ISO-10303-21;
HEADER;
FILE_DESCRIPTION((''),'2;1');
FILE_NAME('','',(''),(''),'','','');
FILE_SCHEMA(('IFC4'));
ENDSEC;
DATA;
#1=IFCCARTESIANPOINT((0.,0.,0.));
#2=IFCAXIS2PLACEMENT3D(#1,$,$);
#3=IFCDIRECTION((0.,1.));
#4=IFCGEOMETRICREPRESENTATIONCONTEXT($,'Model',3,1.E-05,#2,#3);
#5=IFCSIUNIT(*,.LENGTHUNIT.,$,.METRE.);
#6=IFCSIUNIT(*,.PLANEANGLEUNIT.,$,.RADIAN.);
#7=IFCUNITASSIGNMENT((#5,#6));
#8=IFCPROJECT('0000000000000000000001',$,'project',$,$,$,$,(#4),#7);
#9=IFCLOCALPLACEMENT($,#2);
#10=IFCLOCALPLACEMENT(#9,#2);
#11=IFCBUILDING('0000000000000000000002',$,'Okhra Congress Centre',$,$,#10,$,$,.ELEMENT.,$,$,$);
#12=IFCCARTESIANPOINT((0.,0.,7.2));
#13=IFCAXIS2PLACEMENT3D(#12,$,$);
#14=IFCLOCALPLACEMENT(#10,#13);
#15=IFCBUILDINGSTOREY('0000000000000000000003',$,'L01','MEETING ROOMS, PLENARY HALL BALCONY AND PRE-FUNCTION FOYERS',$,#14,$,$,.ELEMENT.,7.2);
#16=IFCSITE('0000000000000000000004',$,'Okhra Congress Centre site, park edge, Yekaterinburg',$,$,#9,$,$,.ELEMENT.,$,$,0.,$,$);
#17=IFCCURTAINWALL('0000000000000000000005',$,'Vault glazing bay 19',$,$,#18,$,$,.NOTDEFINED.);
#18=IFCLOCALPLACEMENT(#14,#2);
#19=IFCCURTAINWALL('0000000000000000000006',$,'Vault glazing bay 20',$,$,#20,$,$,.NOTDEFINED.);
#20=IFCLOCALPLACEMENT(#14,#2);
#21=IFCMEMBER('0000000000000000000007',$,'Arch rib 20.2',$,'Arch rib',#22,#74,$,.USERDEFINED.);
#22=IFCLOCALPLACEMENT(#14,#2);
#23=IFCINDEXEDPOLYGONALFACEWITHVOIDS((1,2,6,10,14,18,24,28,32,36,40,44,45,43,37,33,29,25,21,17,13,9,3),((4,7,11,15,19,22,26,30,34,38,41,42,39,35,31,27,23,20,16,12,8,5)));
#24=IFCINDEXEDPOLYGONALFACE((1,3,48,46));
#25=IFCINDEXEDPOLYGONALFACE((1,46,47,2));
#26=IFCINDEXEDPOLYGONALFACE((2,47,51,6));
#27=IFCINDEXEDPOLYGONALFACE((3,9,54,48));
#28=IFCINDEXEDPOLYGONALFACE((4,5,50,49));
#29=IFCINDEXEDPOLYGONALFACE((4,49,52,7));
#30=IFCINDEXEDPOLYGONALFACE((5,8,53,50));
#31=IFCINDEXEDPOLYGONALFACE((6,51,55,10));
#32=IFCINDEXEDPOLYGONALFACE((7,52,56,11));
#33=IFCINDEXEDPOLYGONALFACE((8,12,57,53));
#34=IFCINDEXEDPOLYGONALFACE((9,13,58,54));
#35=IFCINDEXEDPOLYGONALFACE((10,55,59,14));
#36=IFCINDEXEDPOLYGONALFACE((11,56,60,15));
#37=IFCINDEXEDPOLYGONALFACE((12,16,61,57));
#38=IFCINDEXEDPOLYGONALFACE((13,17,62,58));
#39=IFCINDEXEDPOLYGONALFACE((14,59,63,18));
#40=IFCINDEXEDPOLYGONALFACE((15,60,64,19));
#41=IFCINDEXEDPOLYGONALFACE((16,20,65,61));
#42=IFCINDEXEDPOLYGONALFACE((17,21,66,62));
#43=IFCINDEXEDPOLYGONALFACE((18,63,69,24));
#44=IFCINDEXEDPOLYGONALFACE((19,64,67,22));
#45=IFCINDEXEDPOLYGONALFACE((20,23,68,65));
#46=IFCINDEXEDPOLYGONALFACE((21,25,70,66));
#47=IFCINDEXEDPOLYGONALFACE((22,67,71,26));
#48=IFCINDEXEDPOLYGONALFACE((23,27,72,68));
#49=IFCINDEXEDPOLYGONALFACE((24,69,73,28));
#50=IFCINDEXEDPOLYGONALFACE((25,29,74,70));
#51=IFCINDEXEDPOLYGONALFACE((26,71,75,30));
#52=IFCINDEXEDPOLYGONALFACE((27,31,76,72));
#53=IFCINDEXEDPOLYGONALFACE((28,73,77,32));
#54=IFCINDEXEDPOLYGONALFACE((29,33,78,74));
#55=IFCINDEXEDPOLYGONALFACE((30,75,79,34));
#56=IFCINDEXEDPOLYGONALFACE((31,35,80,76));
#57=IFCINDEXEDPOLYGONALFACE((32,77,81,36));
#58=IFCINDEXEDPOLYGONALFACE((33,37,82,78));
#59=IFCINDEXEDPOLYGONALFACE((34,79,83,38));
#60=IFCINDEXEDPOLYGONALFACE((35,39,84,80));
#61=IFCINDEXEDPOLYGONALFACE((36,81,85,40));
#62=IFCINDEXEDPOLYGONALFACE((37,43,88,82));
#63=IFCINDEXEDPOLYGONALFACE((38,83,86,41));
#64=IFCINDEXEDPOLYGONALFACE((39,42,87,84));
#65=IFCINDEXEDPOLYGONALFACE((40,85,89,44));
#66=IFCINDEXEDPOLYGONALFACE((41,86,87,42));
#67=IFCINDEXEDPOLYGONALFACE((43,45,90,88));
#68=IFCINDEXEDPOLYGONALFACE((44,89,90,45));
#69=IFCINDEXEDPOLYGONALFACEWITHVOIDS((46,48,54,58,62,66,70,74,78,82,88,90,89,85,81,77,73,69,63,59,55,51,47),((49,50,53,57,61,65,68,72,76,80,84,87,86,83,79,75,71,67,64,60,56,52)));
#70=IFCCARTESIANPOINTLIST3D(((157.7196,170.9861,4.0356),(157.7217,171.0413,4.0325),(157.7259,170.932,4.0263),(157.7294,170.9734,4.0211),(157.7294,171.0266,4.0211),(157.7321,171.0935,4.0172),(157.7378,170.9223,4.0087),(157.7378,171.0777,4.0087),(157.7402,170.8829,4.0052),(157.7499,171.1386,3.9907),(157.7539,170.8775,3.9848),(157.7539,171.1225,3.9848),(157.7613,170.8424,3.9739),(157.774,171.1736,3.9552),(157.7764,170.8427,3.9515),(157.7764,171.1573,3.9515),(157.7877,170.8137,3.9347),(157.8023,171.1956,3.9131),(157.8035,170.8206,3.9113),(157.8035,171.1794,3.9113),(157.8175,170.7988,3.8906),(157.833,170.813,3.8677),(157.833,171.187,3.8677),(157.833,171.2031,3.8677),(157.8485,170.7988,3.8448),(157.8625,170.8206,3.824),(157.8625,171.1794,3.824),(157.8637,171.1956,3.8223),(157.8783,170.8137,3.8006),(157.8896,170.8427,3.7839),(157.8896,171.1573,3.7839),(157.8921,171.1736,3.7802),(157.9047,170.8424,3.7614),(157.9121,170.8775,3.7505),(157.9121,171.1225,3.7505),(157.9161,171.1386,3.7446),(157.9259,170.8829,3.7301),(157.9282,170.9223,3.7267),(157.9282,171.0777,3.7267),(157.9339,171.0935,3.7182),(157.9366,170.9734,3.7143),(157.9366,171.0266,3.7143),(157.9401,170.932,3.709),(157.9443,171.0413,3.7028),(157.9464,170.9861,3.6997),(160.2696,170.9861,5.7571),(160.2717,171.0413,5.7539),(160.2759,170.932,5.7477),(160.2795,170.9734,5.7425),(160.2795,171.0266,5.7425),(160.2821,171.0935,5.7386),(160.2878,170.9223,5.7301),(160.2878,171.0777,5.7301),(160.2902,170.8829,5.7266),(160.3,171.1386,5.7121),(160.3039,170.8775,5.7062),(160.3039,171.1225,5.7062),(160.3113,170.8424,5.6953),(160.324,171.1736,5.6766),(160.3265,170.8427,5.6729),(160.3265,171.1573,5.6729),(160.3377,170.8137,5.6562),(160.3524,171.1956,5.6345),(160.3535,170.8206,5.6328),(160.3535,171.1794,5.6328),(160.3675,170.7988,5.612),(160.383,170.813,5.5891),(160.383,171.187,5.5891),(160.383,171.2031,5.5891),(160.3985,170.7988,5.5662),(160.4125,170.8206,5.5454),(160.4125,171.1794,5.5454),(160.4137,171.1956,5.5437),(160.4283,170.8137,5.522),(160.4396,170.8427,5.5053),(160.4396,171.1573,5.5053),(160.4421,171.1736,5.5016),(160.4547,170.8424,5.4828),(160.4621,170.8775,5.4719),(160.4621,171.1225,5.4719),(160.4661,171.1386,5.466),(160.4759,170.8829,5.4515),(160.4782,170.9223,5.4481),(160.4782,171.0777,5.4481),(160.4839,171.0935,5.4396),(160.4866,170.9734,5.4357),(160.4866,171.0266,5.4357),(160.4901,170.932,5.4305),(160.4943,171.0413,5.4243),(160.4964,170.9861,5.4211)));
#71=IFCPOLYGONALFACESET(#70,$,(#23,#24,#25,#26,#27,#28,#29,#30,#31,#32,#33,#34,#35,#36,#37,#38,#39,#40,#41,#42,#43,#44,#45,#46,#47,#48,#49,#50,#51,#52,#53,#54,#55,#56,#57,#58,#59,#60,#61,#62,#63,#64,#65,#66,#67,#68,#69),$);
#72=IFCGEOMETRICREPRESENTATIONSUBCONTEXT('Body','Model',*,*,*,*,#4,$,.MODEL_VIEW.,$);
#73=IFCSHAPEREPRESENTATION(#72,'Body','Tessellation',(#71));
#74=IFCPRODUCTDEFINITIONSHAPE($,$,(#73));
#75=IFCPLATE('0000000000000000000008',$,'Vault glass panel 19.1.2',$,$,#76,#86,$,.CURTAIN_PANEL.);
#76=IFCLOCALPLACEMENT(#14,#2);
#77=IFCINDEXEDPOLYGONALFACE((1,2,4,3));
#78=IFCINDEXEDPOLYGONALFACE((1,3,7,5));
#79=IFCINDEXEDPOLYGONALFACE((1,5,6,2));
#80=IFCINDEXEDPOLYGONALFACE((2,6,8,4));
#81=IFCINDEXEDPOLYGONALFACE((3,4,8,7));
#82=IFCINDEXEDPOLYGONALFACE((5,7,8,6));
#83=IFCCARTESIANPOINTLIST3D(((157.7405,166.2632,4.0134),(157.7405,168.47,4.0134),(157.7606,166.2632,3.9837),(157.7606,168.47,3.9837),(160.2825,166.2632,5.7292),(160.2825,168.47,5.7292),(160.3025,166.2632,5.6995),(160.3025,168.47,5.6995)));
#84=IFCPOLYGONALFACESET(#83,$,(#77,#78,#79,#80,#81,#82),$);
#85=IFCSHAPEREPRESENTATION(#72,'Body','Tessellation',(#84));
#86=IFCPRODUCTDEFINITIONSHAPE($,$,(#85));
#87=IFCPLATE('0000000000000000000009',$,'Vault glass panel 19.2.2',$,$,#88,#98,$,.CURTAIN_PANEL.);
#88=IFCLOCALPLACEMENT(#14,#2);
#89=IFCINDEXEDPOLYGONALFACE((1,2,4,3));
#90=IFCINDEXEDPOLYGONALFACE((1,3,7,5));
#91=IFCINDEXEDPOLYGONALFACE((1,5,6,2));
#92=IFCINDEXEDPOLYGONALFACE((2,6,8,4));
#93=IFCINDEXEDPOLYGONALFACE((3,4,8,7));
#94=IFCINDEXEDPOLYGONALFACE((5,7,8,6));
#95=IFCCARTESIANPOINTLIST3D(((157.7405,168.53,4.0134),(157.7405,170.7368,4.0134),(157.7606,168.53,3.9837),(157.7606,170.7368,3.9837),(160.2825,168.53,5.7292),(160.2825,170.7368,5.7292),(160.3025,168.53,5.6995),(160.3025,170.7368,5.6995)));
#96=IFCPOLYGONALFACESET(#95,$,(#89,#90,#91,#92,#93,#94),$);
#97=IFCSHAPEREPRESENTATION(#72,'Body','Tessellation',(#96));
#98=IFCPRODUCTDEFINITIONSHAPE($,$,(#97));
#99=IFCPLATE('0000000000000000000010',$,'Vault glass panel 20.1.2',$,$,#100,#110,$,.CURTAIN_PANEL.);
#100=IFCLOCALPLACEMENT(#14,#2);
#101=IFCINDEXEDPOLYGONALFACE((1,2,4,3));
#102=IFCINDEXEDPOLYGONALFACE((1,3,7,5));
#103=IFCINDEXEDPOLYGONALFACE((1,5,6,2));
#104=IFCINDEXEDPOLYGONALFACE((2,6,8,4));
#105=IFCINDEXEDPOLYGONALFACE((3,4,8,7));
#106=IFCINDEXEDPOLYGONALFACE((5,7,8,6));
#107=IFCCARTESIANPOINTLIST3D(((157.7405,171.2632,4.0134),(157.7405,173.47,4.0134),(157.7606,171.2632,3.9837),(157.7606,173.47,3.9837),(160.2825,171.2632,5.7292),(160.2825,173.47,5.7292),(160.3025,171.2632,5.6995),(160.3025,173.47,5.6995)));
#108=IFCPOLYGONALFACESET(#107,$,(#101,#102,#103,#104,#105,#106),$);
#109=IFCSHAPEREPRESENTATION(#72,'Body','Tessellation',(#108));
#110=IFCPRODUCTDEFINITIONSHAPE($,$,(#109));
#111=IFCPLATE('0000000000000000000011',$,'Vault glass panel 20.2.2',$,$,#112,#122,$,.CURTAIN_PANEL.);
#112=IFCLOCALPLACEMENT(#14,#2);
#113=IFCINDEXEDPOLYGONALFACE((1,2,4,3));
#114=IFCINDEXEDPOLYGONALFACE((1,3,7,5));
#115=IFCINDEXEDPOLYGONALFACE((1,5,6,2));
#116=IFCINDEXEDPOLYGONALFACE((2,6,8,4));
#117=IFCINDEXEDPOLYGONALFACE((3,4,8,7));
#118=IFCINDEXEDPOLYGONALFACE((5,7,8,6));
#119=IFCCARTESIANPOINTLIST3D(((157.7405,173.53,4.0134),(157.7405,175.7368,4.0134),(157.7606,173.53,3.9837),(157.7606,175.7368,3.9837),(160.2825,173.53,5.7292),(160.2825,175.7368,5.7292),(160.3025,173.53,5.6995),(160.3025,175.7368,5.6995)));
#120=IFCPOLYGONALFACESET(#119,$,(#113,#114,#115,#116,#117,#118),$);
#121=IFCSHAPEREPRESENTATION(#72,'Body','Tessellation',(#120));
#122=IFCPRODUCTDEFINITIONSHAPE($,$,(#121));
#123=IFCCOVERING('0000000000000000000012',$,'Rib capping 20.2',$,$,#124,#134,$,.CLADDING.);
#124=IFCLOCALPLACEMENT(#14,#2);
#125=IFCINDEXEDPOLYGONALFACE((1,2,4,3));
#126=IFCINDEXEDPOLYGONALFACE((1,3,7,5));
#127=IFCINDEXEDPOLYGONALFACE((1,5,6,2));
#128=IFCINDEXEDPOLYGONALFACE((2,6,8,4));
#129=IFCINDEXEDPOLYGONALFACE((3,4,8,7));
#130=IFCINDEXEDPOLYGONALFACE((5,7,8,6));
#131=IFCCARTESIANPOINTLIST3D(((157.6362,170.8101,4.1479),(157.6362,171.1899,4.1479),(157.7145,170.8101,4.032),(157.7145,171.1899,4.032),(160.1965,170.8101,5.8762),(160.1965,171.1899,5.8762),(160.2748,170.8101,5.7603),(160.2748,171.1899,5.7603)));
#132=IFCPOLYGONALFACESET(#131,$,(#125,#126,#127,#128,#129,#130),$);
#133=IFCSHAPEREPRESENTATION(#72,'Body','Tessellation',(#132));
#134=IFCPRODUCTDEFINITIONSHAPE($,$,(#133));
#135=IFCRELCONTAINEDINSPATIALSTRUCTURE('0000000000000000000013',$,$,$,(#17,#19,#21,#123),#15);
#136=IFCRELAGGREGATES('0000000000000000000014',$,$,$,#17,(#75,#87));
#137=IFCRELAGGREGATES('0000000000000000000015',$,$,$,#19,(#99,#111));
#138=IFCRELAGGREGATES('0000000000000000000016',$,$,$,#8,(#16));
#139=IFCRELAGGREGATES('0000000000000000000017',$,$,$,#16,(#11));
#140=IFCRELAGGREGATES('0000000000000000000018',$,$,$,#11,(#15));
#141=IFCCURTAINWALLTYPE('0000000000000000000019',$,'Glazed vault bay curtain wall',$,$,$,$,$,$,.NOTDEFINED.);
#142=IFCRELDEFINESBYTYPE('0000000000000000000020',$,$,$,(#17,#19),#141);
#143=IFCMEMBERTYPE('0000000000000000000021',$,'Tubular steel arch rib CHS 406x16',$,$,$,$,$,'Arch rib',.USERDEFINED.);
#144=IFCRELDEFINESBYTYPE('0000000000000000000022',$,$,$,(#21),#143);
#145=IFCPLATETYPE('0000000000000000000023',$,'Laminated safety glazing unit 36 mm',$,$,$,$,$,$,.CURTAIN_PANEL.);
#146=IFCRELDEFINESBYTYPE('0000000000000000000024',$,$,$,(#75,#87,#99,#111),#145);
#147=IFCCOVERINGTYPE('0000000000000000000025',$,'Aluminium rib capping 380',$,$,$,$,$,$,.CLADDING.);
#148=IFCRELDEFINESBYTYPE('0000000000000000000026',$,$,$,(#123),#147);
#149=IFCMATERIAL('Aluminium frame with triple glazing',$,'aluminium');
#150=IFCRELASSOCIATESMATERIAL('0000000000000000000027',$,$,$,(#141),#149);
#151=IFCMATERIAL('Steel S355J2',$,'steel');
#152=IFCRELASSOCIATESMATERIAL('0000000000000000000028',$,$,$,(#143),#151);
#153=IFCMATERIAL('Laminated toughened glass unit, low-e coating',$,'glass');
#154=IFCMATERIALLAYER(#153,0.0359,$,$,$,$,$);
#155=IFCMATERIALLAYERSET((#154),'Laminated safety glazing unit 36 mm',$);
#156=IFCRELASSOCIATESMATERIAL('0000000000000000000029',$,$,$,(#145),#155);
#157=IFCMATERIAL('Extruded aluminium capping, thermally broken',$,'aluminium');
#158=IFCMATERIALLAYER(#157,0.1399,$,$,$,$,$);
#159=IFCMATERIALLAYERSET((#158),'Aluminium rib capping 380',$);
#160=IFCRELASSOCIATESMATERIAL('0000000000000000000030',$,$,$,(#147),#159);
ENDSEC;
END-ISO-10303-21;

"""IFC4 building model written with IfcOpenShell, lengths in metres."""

from ifc_helpers import new_model, si_unit, direction, frame, origin, origin_2d, place, context, subcontext, project, spatial, polyline, hollow_circle, outline, extrude, material, layer, layer_set, material_profile, profile_set, type_object, element, aggregate, save


model = new_model("IFC4")

# Units and contexts
model_context = context("Model", 3, precision=1e-05, world=origin(), true_north=direction((0.0, 1.0)))
body_context = subcontext(model_context, "Body", "Model", "MODEL_VIEW")
ifc_project = project(units=[si_unit("LENGTHUNIT", "METRE"), si_unit("PLANEANGLEUNIT", "RADIAN")], contexts=[model_context])

# Site, building, storey
site_placement = place(None, origin())
site = spatial("IfcSite", under=ifc_project, at=site_placement, Name="Okhra Congress Centre site, park edge, Yekaterinburg", CompositionType="ELEMENT", RefElevation=0.0)
building_placement = place(site_placement, origin())
building = spatial("IfcBuilding", under=site, at=building_placement, Name="Okhra Congress Centre", CompositionType="ELEMENT")
storey_placement = place(building_placement, frame((0.0, 0.0, 7.2)))
storey = spatial("IfcBuildingStorey", under=building, at=storey_placement, Name="L01", Description="MEETING ROOMS, PLENARY HALL BALCONY AND PRE-FUNCTION FOYERS", CompositionType="ELEMENT", Elevation=7.2)

# Curtain walls
ifc_material_1 = material(Name="Aluminium frame with triple glazing", Category="aluminium")
curtain_wall_type = type_object("IfcCurtainWallType", Name="Glazed vault bay curtain wall", PredefinedType="NOTDEFINED", material=ifc_material_1)
curtain_wall_1_placement = place(storey_placement, origin())
curtain_wall_1 = element("IfcCurtainWall", 1, at=curtain_wall_1_placement, inside=storey, type_object=curtain_wall_type, Name="Vault glazing bay 19", PredefinedType="NOTDEFINED")
curtain_wall_2_placement = place(storey_placement, origin())
curtain_wall_2 = element("IfcCurtainWall", 2, at=curtain_wall_2_placement, inside=storey, type_object=curtain_wall_type, Name="Vault glazing bay 20", PredefinedType="NOTDEFINED")

# Member
ifc_material_2 = material(Name="Steel S355J2", Category="steel")
ifc_material_profile_1 = material_profile(ifc_material_2, hollow_circle(Radius=0.2031, WallThickness=0.0161, at=origin_2d()), Name="CHS 406.4x16")
ifc_profile_set_1 = profile_set([ifc_material_profile_1], Name="Steel S355J2")
member_type_1 = type_object("IfcMemberType", Name="Tubular steel arch rib CHS 406x16", ElementType="Arch rib", PredefinedType="USERDEFINED", material=ifc_profile_set_1)
member_1_placement = place(storey_placement, frame((157.833, 171.0, 3.8677), z_axis=(0.828826, 0.0, 0.559507), x_axis=(0.0, 1.0, 0.0)))
element("IfcMember", 3, at=member_1_placement, inside=storey, type_object=member_type_1, Name="Arch rib 20.2", ObjectType="Arch rib", PredefinedType="USERDEFINED", context=body_context, shape_type="SweptSolid", body=[
    extrude(hollow_circle(Radius=0.2031, WallThickness=0.0161, at=origin_2d()), origin(), (0.0, 0.0, 1.0), 3.0767),
])

# Plates
ifc_material_3 = material(Name="Laminated toughened glass unit, low-e coating", Category="glass")
ifc_layer_1 = layer(ifc_material_3, 0.0359)
ifc_layer_set_1 = layer_set([ifc_layer_1], Name="Laminated safety glazing unit 36 mm")
plate_type = type_object("IfcPlateType", Name="Laminated safety glazing unit 36 mm", PredefinedType="CURTAIN_PANEL", material=ifc_layer_set_1)
plate_1_placement = place(storey_placement, frame((157.7405, 166.2632, 4.0134), z_axis=(-0.559467, 0.0, 0.828852), x_axis=(0.828852, 0.0, 0.559467)))
plate_1 = element("IfcPlate", 4, at=plate_1_placement, type_object=plate_type, Name="Vault glass panel 19.1.2", PredefinedType="CURTAIN_PANEL", context=body_context, shape_type="SweptSolid", body=[
    extrude(outline(polyline([(0.0, 0.0), (3.0669, 0.0), (3.0669, 2.2068), (0.0, 2.2068), (0.0, 0.0)])), origin(), (0.0, 0.0, -1.0), 0.0359),
])
plate_2_placement = place(storey_placement, frame((157.7405, 168.53, 4.0134), z_axis=(-0.559467, 0.0, 0.828852), x_axis=(0.828852, 0.0, 0.559467)))
plate_2 = element("IfcPlate", 5, at=plate_2_placement, type_object=plate_type, Name="Vault glass panel 19.2.2", PredefinedType="CURTAIN_PANEL", context=body_context, shape_type="SweptSolid", body=[
    extrude(outline(polyline([(0.0, 0.0), (3.0669, 0.0), (3.0669, 2.2068), (0.0, 2.2068), (0.0, 0.0)])), origin(), (0.0, 0.0, -1.0), 0.0359),
])
aggregate(curtain_wall_1, [plate_1, plate_2])
plate_3_placement = place(storey_placement, frame((157.7405, 171.2632, 4.0134), z_axis=(-0.559467, 0.0, 0.828852), x_axis=(0.828852, 0.0, 0.559467)))
plate_3 = element("IfcPlate", 6, at=plate_3_placement, type_object=plate_type, Name="Vault glass panel 20.1.2", PredefinedType="CURTAIN_PANEL", context=body_context, shape_type="SweptSolid", body=[
    extrude(outline(polyline([(0.0, 0.0), (3.0669, 0.0), (3.0669, 2.2068), (0.0, 2.2068), (0.0, 0.0)])), origin(), (0.0, 0.0, -1.0), 0.0359),
])
plate_4_placement = place(storey_placement, frame((157.7405, 173.53, 4.0134), z_axis=(-0.559467, 0.0, 0.828852), x_axis=(0.828852, 0.0, 0.559467)))
plate_4 = element("IfcPlate", 7, at=plate_4_placement, type_object=plate_type, Name="Vault glass panel 20.2.2", PredefinedType="CURTAIN_PANEL", context=body_context, shape_type="SweptSolid", body=[
    extrude(outline(polyline([(0.0, 0.0), (3.0669, 0.0), (3.0669, 2.2068), (0.0, 2.2068), (0.0, 0.0)])), origin(), (0.0, 0.0, -1.0), 0.0359),
])
aggregate(curtain_wall_2, [plate_3, plate_4])

# Covering
ifc_material_4 = material(Name="Extruded aluminium capping, thermally broken", Category="aluminium")
ifc_layer_2 = layer(ifc_material_4, 0.1399)
ifc_layer_set_2 = layer_set([ifc_layer_2], Name="Aluminium rib capping 380")
covering_type = type_object("IfcCoveringType", Name="Aluminium rib capping 380", PredefinedType="CLADDING", material=ifc_layer_set_2)
covering_placement = place(storey_placement, frame((157.6362, 170.8101, 4.1479), z_axis=(-0.559488, 0.0, 0.828839), x_axis=(0.828839, 0.0, 0.559488)))
element("IfcCovering", 8, at=covering_placement, inside=storey, type_object=covering_type, Name="Rib capping 20.2", PredefinedType="CLADDING", context=body_context, shape_type="SweptSolid", body=[
    extrude(outline(polyline([(0.0, 0.0), (3.089, 0.0), (3.089, 0.3799), (0.0, 0.3799), (0.0, 0.0)])), origin(), (0.0, 0.0, -1.0), 0.1399),
])

save(model, "model.ifc")
